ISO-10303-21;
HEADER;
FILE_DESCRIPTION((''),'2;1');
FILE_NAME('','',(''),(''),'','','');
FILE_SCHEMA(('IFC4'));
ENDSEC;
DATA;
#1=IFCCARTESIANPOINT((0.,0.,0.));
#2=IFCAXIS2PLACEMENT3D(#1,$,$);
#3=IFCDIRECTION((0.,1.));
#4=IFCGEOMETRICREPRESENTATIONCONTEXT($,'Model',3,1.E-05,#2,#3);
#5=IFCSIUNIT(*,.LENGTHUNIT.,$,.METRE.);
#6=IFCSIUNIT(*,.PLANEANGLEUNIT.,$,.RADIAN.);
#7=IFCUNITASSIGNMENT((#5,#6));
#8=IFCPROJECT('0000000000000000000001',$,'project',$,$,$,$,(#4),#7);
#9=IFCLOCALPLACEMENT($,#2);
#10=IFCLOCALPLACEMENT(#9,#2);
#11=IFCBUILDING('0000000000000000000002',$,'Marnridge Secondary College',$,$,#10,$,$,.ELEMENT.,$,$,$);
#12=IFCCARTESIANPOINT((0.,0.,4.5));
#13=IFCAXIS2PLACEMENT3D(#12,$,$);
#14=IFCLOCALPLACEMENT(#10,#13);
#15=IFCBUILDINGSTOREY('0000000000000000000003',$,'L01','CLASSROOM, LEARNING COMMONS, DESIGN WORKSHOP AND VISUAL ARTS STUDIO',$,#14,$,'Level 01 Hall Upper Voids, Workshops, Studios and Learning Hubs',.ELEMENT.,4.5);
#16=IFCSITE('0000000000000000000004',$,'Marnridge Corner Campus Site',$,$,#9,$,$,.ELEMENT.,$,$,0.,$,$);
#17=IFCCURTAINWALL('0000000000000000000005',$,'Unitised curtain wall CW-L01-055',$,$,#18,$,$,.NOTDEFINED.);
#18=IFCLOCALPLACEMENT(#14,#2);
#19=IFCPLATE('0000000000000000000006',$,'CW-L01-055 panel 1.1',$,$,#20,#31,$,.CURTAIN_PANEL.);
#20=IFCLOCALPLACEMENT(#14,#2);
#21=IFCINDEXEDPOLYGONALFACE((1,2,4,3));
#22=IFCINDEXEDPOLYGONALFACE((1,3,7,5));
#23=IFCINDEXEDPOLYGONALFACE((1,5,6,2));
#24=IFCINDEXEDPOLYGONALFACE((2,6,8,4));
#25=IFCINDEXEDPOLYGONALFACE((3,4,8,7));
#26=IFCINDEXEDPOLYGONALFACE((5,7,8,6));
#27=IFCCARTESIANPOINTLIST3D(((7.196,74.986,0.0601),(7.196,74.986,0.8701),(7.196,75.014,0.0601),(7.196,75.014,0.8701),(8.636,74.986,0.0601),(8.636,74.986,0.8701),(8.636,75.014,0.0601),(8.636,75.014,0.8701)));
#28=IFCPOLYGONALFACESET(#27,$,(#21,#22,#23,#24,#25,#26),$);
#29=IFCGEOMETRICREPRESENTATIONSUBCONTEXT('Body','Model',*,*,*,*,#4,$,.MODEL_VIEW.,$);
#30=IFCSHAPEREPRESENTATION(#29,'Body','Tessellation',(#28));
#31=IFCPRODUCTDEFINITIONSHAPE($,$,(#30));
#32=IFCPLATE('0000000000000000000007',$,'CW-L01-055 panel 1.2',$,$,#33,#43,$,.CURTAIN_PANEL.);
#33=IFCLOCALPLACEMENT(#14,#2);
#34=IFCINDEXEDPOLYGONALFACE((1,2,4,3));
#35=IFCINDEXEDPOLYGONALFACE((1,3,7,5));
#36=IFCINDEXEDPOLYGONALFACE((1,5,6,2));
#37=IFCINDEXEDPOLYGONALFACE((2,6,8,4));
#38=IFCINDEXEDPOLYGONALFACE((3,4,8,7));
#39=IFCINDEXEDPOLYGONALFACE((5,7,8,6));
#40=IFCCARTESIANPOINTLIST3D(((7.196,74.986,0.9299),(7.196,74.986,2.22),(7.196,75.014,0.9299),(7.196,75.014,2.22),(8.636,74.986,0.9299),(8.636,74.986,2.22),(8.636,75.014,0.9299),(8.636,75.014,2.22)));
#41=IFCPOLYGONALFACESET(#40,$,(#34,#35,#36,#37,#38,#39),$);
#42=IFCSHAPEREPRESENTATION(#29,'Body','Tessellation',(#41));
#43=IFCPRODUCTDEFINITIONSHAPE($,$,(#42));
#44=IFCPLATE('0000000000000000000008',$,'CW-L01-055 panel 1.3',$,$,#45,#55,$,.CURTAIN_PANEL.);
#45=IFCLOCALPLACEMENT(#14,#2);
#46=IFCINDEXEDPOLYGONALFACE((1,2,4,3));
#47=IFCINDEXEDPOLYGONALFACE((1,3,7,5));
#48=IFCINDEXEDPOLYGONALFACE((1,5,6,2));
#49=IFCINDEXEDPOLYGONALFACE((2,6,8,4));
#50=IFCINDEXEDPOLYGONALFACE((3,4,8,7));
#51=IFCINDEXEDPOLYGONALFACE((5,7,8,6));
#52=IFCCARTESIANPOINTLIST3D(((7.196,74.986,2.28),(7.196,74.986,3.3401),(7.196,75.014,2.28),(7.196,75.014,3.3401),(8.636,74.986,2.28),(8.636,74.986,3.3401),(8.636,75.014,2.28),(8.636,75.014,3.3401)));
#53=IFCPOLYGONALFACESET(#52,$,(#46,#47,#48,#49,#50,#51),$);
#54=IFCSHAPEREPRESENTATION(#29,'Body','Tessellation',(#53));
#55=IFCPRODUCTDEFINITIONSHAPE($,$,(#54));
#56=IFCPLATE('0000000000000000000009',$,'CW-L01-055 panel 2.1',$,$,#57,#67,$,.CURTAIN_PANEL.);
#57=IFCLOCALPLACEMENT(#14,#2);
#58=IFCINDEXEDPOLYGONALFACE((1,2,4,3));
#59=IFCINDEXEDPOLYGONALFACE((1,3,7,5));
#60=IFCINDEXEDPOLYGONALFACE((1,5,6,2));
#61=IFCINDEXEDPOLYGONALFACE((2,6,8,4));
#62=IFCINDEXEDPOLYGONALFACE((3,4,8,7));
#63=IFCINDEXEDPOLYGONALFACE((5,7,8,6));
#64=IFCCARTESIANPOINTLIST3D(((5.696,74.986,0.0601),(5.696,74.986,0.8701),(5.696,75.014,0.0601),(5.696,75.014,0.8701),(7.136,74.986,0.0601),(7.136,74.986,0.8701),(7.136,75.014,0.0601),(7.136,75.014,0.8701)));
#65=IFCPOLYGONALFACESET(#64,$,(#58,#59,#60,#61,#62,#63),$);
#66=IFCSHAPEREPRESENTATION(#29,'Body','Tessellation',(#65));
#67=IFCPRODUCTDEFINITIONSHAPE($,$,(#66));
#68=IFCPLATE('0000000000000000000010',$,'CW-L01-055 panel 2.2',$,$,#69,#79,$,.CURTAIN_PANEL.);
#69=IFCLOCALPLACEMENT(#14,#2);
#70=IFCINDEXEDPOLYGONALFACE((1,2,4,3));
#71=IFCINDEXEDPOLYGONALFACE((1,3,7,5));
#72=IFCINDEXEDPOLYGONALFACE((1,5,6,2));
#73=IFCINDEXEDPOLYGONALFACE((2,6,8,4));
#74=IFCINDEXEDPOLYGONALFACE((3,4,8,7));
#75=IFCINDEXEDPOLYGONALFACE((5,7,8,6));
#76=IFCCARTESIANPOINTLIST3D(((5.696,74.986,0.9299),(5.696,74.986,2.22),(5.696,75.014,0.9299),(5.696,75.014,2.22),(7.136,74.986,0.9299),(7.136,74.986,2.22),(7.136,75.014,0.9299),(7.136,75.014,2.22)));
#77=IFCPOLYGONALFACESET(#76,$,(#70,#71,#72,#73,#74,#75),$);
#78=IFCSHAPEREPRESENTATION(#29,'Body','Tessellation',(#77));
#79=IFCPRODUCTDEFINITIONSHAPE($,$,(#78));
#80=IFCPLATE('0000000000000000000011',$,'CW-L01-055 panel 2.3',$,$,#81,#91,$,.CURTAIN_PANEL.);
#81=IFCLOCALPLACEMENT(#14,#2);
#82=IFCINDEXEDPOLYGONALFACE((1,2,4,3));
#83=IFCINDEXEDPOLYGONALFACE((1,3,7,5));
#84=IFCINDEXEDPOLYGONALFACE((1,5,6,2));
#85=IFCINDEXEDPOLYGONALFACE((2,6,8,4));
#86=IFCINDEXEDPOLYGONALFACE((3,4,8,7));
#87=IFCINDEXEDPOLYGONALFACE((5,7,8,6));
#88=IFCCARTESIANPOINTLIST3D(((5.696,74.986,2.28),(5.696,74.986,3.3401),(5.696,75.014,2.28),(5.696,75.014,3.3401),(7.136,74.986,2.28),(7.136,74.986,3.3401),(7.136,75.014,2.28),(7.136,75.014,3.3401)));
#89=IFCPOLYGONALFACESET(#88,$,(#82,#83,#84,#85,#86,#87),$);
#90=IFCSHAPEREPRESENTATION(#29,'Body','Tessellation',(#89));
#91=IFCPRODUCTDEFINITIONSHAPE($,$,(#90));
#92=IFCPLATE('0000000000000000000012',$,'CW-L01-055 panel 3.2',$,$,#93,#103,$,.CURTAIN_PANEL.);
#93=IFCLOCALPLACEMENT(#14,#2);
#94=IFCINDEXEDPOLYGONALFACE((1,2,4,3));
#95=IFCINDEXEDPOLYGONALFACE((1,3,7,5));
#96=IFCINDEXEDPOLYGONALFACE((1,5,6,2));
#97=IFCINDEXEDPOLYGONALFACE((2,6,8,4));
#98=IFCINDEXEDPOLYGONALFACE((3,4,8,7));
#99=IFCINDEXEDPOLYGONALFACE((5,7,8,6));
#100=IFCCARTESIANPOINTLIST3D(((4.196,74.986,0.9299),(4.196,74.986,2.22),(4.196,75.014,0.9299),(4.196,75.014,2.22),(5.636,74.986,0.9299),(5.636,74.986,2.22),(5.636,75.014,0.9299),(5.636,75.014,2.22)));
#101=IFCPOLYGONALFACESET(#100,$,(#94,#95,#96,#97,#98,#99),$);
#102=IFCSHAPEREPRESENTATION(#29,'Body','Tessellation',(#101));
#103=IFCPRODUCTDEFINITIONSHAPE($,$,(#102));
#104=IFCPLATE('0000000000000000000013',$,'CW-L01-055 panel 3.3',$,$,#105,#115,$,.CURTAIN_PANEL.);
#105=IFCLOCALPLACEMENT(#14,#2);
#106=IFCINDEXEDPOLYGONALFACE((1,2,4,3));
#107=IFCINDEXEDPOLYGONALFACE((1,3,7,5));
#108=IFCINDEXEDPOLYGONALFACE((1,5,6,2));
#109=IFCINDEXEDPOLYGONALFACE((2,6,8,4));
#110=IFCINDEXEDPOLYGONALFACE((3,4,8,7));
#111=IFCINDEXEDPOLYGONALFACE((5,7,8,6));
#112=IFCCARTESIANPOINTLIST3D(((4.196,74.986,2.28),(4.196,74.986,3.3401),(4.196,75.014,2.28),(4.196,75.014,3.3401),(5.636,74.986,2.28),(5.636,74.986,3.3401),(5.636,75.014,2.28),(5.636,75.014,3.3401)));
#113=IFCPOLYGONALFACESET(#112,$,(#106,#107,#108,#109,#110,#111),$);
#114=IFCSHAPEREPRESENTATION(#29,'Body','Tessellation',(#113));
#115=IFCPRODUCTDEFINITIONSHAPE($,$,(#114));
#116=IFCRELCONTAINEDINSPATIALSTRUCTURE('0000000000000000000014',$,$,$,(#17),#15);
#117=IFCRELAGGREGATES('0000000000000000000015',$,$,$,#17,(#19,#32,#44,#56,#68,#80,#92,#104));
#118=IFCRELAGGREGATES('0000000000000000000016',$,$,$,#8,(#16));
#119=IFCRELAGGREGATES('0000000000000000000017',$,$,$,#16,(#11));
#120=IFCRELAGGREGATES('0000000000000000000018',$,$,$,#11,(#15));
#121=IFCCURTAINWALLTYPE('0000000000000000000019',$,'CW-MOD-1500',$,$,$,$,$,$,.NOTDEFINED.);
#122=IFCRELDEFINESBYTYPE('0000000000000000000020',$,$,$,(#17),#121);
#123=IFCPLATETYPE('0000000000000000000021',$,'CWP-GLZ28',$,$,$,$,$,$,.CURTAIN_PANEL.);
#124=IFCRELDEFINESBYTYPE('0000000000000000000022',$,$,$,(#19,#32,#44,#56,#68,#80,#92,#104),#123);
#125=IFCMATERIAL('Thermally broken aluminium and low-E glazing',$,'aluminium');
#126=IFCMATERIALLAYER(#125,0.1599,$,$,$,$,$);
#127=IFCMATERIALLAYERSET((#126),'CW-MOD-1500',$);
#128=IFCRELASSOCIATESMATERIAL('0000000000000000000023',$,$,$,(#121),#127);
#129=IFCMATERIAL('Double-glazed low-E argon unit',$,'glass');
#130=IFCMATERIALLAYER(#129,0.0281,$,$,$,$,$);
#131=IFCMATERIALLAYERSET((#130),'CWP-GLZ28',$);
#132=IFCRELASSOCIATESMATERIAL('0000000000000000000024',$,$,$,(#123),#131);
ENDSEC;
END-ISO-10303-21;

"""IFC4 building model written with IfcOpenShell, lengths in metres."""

from ifc_helpers import new_model, si_unit, direction, frame, origin, origin_2d, place, context, subcontext, project, spatial, rectangle, extrude, material, layer, layer_set, type_object, element, aggregate, save


model = new_model("IFC4")

# Units and contexts
model_context = context("Model", 3, precision=1e-05, world=origin(), true_north=direction((0.0, 1.0)))
body_context = subcontext(model_context, "Body", "Model", "MODEL_VIEW")
ifc_project = project(units=[si_unit("LENGTHUNIT", "METRE"), si_unit("PLANEANGLEUNIT", "RADIAN")], contexts=[model_context])

# Site, building, storey
site_placement = place(None, origin())
site = spatial("IfcSite", under=ifc_project, at=site_placement, Name="Marnridge Corner Campus Site", CompositionType="ELEMENT", RefElevation=0.0)
building_placement = place(site_placement, origin())
building = spatial("IfcBuilding", under=site, at=building_placement, Name="Marnridge Secondary College", CompositionType="ELEMENT")
storey_placement = place(building_placement, frame((0.0, 0.0, 4.5)))
storey = spatial("IfcBuildingStorey", under=building, at=storey_placement, Name="L01", Description="CLASSROOM, LEARNING COMMONS, DESIGN WORKSHOP AND VISUAL ARTS STUDIO", LongName="Level 01 Hall Upper Voids, Workshops, Studios and Learning Hubs", CompositionType="ELEMENT", Elevation=4.5)

# Curtain wall, plates
ifc_material_1 = material(Name="Thermally broken aluminium and low-E glazing", Category="aluminium")
ifc_layer_1 = layer(ifc_material_1, 0.1599)
ifc_layer_set_1 = layer_set([ifc_layer_1], Name="CW-MOD-1500")
curtain_wall_type = type_object("IfcCurtainWallType", Name="CW-MOD-1500", PredefinedType="NOTDEFINED", material=ifc_layer_set_1)
curtain_wall_placement = place(storey_placement, origin())
curtain_wall = element("IfcCurtainWall", 1, at=curtain_wall_placement, inside=storey, type_object=curtain_wall_type, Name="Unitised curtain wall CW-L01-055", PredefinedType="NOTDEFINED")
ifc_material_2 = material(Name="Double-glazed low-E argon unit", Category="glass")
ifc_layer_2 = layer(ifc_material_2, 0.0281)
ifc_layer_set_2 = layer_set([ifc_layer_2], Name="CWP-GLZ28")
plate_type = type_object("IfcPlateType", Name="CWP-GLZ28", PredefinedType="CURTAIN_PANEL", material=ifc_layer_set_2)
plate_1_placement = place(storey_placement, frame((7.916, 75.0, 0.0601), z_axis=(0.0, 0.0, 1.0), x_axis=(-1.0, 0.0, 0.0)))
plate_1 = element("IfcPlate", 2, at=plate_1_placement, type_object=plate_type, Name="CW-L01-055 panel 1.1", PredefinedType="CURTAIN_PANEL", context=body_context, shape_type="SweptSolid", body=[
    extrude(rectangle(XDim=1.4399, YDim=0.0281, at=origin_2d()), origin(), (0.0, 0.0, 1.0), 0.8101),
])
plate_2_placement = place(storey_placement, frame((7.916, 75.0, 0.9299), z_axis=(0.0, 0.0, 1.0), x_axis=(-1.0, 0.0, 0.0)))
plate_2 = element("IfcPlate", 3, at=plate_2_placement, type_object=plate_type, Name="CW-L01-055 panel 1.2", PredefinedType="CURTAIN_PANEL", context=body_context, shape_type="SweptSolid", body=[
    extrude(rectangle(XDim=1.4399, YDim=0.0281, at=origin_2d()), origin(), (0.0, 0.0, 1.0), 1.29),
])
plate_3_placement = place(storey_placement, frame((7.916, 75.0, 2.28), z_axis=(0.0, 0.0, 1.0), x_axis=(-1.0, 0.0, 0.0)))
plate_3 = element("IfcPlate", 4, at=plate_3_placement, type_object=plate_type, Name="CW-L01-055 panel 1.3", PredefinedType="CURTAIN_PANEL", context=body_context, shape_type="SweptSolid", body=[
    extrude(rectangle(XDim=1.4399, YDim=0.0281, at=origin_2d()), origin(), (0.0, 0.0, 1.0), 1.0601),
])
plate_4_placement = place(storey_placement, frame((6.416, 75.0, 0.0601), z_axis=(0.0, 0.0, 1.0), x_axis=(-1.0, 0.0, 0.0)))
plate_4 = element("IfcPlate", 5, at=plate_4_placement, type_object=plate_type, Name="CW-L01-055 panel 2.1", PredefinedType="CURTAIN_PANEL", context=body_context, shape_type="SweptSolid", body=[
    extrude(rectangle(XDim=1.4399, YDim=0.0281, at=origin_2d()), origin(), (0.0, 0.0, 1.0), 0.8101),
])
plate_5_placement = place(storey_placement, frame((6.416, 75.0, 0.9299), z_axis=(0.0, 0.0, 1.0), x_axis=(-1.0, 0.0, 0.0)))
plate_5 = element("IfcPlate", 6, at=plate_5_placement, type_object=plate_type, Name="CW-L01-055 panel 2.2", PredefinedType="CURTAIN_PANEL", context=body_context, shape_type="SweptSolid", body=[
    extrude(rectangle(XDim=1.4399, YDim=0.0281, at=origin_2d()), origin(), (0.0, 0.0, 1.0), 1.29),
])
plate_6_placement = place(storey_placement, frame((6.416, 75.0, 2.28), z_axis=(0.0, 0.0, 1.0), x_axis=(-1.0, 0.0, 0.0)))
plate_6 = element("IfcPlate", 7, at=plate_6_placement, type_object=plate_type, Name="CW-L01-055 panel 2.3", PredefinedType="CURTAIN_PANEL", context=body_context, shape_type="SweptSolid", body=[
    extrude(rectangle(XDim=1.4399, YDim=0.0281, at=origin_2d()), origin(), (0.0, 0.0, 1.0), 1.0601),
])
plate_7_placement = place(storey_placement, frame((4.916, 75.0, 0.9299), z_axis=(0.0, 0.0, 1.0), x_axis=(-1.0, 0.0, 0.0)))
plate_7 = element("IfcPlate", 8, at=plate_7_placement, type_object=plate_type, Name="CW-L01-055 panel 3.2", PredefinedType="CURTAIN_PANEL", context=body_context, shape_type="SweptSolid", body=[
    extrude(rectangle(XDim=1.4399, YDim=0.0281, at=origin_2d()), origin(), (0.0, 0.0, 1.0), 1.29),
])
plate_8_placement = place(storey_placement, frame((4.916, 75.0, 2.28), z_axis=(0.0, 0.0, 1.0), x_axis=(-1.0, 0.0, 0.0)))
plate_8 = element("IfcPlate", 9, at=plate_8_placement, type_object=plate_type, Name="CW-L01-055 panel 3.3", PredefinedType="CURTAIN_PANEL", context=body_context, shape_type="SweptSolid", body=[
    extrude(rectangle(XDim=1.4399, YDim=0.0281, at=origin_2d()), origin(), (0.0, 0.0, 1.0), 1.0601),
])
aggregate(curtain_wall, [plate_1, plate_2, plate_3, plate_4, plate_5, plate_6, plate_7, plate_8])

save(model, "model.ifc")
